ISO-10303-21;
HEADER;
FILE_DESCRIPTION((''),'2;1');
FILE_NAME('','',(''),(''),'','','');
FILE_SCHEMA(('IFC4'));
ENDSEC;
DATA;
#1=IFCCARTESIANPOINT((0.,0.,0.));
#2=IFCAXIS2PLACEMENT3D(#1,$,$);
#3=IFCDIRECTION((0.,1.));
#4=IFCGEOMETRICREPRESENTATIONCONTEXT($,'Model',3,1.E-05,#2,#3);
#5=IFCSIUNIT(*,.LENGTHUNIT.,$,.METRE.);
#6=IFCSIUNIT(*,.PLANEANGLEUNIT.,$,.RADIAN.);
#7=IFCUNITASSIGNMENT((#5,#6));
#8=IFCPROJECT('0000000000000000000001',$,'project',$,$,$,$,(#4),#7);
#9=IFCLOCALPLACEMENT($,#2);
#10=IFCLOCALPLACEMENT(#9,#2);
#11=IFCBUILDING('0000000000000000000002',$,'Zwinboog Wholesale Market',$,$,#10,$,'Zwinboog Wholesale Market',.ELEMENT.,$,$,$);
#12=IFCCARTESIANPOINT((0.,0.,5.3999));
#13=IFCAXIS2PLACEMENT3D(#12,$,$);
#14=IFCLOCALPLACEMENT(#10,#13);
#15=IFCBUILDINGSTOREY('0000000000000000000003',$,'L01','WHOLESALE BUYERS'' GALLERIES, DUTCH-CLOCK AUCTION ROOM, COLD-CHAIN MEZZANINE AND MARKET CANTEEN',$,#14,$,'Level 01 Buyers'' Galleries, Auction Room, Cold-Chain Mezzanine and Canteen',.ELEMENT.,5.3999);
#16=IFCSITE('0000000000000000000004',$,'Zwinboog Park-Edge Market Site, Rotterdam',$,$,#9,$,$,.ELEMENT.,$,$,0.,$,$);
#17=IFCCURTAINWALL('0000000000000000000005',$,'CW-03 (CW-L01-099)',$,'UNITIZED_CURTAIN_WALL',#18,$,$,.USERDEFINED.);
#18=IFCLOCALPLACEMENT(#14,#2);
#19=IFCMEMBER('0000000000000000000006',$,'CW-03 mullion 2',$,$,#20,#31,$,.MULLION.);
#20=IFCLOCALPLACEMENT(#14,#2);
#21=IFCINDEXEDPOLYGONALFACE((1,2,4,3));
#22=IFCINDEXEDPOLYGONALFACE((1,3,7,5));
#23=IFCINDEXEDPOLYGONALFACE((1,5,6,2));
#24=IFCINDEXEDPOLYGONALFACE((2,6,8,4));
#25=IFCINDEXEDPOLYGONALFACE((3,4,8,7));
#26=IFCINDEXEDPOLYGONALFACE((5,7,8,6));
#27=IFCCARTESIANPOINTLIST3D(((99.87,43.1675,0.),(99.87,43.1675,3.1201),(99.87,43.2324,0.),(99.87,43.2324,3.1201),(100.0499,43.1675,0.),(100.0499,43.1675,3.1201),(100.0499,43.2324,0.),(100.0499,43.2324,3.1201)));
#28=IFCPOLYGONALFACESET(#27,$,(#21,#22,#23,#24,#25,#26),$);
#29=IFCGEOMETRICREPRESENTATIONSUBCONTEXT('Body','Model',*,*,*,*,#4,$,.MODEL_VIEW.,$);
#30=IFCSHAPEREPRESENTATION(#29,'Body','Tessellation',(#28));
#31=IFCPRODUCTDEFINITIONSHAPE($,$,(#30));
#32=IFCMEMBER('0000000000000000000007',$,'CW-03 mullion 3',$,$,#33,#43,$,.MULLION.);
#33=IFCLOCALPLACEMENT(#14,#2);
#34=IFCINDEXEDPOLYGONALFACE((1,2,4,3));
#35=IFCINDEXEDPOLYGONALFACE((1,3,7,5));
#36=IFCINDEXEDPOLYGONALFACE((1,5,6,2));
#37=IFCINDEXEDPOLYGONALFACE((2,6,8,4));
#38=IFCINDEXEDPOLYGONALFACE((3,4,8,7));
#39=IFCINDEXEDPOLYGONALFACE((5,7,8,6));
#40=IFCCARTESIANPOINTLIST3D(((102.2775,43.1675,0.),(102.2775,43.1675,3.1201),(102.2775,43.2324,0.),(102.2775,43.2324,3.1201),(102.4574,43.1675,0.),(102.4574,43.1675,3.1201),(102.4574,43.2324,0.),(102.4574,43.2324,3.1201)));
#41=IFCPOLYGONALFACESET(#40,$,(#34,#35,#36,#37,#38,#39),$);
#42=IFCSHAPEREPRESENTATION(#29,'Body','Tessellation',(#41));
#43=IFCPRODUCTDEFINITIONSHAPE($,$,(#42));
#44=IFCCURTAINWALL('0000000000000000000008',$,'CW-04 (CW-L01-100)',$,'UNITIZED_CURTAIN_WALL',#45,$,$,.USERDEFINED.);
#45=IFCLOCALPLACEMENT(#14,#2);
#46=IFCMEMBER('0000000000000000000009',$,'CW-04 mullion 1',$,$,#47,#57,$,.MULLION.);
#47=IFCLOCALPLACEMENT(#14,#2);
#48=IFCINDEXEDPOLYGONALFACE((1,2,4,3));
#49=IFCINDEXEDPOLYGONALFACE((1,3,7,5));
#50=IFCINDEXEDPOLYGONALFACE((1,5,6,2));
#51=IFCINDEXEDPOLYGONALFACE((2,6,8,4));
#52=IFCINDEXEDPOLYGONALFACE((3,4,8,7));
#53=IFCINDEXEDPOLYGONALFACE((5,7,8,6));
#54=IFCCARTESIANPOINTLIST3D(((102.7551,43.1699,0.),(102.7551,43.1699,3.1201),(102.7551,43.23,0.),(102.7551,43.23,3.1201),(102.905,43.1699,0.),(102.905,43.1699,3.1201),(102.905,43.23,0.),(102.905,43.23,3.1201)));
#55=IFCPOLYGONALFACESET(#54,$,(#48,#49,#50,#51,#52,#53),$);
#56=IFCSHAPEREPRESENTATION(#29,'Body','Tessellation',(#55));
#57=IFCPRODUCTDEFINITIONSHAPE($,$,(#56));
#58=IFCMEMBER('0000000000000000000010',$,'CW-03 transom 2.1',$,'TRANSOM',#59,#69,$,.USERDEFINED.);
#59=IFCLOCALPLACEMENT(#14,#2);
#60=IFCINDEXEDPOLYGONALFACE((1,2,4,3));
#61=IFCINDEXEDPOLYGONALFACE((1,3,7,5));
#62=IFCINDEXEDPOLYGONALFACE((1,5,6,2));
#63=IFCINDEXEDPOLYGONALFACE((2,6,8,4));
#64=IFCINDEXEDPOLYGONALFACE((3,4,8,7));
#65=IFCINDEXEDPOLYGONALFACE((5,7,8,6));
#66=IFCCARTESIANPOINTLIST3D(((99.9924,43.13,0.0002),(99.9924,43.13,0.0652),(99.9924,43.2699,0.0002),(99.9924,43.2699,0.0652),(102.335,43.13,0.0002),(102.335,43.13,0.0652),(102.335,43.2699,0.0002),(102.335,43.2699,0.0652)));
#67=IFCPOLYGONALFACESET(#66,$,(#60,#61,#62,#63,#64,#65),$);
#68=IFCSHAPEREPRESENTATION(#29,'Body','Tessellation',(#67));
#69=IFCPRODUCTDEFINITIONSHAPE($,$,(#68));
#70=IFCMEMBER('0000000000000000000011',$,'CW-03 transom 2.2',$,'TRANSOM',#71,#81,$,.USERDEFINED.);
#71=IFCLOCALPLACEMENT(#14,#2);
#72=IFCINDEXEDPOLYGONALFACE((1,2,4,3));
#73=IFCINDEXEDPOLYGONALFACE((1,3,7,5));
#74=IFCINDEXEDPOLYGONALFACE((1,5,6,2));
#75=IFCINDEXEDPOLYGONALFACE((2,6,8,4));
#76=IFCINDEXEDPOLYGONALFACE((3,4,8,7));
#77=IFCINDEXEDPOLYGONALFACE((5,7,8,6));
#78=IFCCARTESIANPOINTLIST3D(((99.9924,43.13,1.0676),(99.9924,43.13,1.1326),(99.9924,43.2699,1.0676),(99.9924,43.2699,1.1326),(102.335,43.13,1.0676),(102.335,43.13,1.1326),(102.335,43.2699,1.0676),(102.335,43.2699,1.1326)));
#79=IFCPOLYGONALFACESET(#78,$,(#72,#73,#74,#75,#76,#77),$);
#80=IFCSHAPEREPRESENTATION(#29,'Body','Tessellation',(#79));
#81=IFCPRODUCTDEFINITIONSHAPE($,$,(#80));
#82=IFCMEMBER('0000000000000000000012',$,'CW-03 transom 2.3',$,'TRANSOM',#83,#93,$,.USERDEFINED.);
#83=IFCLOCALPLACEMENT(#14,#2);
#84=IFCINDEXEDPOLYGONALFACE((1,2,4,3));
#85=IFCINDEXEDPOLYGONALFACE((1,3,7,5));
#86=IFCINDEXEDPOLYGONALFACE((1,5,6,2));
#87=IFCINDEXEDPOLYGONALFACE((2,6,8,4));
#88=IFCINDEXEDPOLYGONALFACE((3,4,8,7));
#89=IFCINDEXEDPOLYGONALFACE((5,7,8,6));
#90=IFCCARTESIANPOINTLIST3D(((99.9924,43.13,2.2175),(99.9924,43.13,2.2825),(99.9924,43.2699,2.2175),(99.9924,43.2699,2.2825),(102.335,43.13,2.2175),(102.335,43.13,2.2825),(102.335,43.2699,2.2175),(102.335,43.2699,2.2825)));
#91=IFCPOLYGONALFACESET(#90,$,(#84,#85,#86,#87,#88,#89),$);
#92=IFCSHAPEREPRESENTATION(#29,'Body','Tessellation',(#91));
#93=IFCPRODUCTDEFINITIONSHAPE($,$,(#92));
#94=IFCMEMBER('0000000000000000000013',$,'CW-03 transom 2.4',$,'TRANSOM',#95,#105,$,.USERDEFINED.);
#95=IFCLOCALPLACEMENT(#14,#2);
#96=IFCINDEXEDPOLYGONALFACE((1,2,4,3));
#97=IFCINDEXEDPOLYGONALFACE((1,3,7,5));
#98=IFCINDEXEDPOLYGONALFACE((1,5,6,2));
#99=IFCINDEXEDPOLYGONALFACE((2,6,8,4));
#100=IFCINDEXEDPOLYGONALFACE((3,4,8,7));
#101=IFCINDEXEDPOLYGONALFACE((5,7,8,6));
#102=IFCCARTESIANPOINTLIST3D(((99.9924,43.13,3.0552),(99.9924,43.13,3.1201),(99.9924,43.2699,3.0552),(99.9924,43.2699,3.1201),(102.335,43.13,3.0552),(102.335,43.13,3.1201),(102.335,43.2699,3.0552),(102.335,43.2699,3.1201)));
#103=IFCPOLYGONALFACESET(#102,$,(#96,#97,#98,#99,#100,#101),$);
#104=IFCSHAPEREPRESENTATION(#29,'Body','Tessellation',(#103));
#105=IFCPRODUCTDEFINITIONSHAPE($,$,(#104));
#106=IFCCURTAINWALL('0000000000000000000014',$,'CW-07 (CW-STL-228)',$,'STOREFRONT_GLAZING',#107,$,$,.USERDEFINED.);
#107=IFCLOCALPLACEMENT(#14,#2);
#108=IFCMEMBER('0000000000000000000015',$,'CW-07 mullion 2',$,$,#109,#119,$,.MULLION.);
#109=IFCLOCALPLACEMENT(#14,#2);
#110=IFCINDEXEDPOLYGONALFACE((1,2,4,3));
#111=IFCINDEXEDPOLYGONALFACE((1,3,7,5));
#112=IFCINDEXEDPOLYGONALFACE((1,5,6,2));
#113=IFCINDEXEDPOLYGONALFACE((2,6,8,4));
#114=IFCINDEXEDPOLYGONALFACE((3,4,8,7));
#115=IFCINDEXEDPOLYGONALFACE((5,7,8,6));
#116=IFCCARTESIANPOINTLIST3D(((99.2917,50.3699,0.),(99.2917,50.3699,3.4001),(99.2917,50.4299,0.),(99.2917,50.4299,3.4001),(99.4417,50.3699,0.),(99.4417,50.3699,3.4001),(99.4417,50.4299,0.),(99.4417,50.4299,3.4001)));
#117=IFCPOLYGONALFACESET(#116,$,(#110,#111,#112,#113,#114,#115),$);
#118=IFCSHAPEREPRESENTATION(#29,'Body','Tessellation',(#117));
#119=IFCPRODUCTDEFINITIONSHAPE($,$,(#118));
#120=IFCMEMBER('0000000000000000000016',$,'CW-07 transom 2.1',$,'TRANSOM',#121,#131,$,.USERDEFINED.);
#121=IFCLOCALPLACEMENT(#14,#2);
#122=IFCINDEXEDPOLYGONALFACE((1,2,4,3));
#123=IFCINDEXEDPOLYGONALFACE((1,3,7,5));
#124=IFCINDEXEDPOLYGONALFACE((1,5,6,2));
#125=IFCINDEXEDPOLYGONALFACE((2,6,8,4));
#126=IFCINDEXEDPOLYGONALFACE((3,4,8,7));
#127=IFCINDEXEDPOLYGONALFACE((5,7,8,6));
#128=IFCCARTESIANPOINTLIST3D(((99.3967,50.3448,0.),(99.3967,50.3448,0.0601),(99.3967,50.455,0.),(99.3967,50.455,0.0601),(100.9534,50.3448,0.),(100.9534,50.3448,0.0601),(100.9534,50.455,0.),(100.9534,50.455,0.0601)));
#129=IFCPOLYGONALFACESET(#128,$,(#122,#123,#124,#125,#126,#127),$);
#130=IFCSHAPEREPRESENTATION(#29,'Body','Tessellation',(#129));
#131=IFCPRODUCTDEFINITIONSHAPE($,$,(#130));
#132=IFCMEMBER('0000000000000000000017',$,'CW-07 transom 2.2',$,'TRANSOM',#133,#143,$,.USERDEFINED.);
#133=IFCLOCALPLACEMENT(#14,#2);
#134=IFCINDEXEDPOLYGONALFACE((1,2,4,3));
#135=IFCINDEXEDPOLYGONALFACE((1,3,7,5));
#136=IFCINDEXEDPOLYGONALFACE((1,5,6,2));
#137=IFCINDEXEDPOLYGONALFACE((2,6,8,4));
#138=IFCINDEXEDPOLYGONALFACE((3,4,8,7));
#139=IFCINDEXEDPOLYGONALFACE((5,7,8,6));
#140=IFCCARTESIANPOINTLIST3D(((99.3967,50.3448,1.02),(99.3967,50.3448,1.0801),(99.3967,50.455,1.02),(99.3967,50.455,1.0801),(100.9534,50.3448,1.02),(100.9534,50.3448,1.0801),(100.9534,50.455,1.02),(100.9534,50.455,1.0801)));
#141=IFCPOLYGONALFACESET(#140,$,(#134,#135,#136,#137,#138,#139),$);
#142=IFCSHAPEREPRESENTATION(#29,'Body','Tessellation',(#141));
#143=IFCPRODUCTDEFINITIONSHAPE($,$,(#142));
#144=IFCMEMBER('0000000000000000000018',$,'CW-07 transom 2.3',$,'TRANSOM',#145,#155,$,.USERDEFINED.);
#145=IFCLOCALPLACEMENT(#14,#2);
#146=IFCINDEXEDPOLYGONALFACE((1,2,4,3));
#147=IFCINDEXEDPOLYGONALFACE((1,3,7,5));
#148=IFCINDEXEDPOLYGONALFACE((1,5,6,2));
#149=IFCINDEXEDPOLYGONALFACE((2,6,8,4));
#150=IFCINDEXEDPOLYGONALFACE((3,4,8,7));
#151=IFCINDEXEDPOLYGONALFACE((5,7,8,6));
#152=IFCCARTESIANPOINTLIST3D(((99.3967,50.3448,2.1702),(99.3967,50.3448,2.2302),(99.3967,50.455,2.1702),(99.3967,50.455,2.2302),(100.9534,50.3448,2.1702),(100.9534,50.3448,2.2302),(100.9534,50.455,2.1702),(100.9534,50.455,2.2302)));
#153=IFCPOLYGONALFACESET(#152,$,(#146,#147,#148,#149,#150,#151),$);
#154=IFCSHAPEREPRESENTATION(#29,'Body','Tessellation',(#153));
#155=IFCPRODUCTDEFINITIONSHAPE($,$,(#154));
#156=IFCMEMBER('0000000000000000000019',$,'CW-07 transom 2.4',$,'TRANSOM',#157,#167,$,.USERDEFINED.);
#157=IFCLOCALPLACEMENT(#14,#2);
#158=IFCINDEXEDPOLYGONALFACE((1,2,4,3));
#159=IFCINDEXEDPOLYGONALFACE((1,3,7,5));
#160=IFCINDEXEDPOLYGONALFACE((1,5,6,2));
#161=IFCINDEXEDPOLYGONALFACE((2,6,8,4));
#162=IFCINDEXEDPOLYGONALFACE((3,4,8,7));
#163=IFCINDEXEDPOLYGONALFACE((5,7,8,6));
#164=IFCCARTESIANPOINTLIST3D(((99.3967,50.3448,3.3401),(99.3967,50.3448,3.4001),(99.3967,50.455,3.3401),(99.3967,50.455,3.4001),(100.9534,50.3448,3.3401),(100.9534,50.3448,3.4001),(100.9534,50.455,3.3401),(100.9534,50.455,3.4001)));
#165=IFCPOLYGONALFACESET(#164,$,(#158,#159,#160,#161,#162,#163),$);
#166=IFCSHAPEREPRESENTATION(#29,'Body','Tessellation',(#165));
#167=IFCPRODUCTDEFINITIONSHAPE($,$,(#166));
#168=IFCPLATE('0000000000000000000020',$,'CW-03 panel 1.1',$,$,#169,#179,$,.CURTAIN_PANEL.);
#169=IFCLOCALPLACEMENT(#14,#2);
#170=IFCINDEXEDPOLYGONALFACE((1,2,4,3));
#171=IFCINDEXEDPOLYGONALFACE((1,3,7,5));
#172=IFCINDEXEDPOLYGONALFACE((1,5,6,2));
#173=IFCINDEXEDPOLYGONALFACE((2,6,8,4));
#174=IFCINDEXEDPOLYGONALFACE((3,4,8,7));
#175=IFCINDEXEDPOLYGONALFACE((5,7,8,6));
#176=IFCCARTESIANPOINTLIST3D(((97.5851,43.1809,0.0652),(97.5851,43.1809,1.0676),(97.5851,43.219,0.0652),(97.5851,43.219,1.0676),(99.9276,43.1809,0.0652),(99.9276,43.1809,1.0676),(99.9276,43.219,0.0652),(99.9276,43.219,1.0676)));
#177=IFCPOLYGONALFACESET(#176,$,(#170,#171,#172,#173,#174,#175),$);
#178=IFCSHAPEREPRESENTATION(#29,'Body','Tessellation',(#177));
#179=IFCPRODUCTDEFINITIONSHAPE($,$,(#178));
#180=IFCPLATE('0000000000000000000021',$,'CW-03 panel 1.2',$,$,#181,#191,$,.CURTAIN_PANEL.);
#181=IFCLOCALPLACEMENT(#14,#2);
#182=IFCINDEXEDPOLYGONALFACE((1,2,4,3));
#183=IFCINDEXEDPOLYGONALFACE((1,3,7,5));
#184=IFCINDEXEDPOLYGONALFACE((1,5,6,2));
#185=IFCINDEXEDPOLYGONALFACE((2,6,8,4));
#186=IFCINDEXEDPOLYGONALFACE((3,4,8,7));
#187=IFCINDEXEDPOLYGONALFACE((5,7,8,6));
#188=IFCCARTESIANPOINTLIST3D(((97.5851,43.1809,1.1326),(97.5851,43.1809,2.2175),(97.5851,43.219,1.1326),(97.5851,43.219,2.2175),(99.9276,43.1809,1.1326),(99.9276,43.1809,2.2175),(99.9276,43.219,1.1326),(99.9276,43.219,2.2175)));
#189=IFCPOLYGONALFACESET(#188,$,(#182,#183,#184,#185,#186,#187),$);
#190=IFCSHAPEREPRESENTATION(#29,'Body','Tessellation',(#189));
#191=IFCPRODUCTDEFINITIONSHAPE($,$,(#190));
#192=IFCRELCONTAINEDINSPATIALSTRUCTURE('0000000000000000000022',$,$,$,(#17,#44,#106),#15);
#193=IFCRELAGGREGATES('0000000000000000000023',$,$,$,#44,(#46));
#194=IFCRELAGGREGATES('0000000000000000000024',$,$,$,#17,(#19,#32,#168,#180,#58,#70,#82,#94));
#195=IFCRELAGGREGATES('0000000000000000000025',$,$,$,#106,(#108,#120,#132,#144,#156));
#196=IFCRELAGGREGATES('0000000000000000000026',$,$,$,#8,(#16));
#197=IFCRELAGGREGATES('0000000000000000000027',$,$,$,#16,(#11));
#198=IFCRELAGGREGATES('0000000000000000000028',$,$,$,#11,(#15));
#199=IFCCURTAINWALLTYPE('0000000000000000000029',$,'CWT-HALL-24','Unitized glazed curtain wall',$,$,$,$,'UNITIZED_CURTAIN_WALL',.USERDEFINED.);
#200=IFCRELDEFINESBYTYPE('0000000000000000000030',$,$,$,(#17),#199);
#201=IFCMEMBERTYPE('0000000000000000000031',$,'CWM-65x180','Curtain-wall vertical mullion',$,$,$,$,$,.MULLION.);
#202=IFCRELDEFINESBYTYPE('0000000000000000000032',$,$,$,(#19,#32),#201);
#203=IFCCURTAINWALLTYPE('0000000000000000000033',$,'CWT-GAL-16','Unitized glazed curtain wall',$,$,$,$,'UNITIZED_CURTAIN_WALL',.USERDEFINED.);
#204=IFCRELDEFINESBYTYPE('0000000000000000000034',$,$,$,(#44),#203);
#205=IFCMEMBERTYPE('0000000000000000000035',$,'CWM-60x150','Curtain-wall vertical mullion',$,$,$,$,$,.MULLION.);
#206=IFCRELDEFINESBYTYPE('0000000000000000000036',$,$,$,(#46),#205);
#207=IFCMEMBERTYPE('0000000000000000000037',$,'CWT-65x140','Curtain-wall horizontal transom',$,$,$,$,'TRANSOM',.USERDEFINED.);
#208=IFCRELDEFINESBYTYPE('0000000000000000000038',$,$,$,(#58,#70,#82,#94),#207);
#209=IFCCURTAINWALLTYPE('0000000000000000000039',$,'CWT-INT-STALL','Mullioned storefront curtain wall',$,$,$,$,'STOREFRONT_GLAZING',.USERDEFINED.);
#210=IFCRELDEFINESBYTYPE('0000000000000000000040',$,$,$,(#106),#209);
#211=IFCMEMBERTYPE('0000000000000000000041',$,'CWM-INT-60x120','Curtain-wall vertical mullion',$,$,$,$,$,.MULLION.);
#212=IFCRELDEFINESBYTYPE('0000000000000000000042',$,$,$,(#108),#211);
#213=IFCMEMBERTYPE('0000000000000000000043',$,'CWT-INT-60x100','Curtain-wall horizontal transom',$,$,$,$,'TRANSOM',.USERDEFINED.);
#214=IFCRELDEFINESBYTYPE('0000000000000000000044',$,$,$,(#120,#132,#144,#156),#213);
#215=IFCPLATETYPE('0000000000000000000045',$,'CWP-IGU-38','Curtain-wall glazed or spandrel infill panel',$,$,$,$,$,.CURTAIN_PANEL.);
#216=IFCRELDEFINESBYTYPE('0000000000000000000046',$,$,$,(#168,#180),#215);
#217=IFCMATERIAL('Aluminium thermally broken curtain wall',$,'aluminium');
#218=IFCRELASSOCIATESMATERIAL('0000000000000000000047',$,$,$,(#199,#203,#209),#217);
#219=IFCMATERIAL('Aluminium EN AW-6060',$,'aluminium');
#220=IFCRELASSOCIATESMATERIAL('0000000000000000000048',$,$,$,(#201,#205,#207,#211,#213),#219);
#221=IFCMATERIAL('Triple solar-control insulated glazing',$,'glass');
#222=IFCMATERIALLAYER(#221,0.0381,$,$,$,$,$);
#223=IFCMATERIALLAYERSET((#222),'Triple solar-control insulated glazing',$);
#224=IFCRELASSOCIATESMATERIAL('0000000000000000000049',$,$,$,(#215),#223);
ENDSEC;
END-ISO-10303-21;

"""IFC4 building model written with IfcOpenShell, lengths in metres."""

from ifc_helpers import new_model, si_unit, direction, frame, origin, origin_2d, place, context, subcontext, project, spatial, rectangle, extrude, material, layer, layer_set, material_profile, profile_set, type_object, element, aggregate, save


model = new_model("IFC4")

# Units and contexts
model_context = context("Model", 3, precision=1e-05, world=origin(), true_north=direction((0.0, 1.0)))
body_context = subcontext(model_context, "Body", "Model", "MODEL_VIEW")
ifc_project = project(units=[si_unit("LENGTHUNIT", "METRE"), si_unit("PLANEANGLEUNIT", "RADIAN")], contexts=[model_context])

# Site, building, storey
site_placement = place(None, origin())
site = spatial("IfcSite", under=ifc_project, at=site_placement, Name="Zwinboog Park-Edge Market Site, Rotterdam", CompositionType="ELEMENT", RefElevation=0.0)
building_placement = place(site_placement, origin())
building = spatial("IfcBuilding", under=site, at=building_placement, Name="Zwinboog Wholesale Market", LongName="Zwinboog Wholesale Market", CompositionType="ELEMENT")
storey_placement = place(building_placement, frame((0.0, 0.0, 5.3999)))
storey = spatial("IfcBuildingStorey", under=building, at=storey_placement, Name="L01", Description="WHOLESALE BUYERS' GALLERIES, DUTCH-CLOCK AUCTION ROOM, COLD-CHAIN MEZZANINE AND MARKET CANTEEN", LongName="Level 01 Buyers' Galleries, Auction Room, Cold-Chain Mezzanine and Canteen", CompositionType="ELEMENT", Elevation=5.3999)

# Curtain wall, members
ifc_material_1 = material(Name="Aluminium thermally broken curtain wall", Category="aluminium")
curtain_wall_type_1 = type_object("IfcCurtainWallType", Name="CWT-HALL-24", Description="Unitized glazed curtain wall", ElementType="UNITIZED_CURTAIN_WALL", PredefinedType="USERDEFINED", material=ifc_material_1)
curtain_wall_1_placement = place(storey_placement, origin())
curtain_wall_1 = element("IfcCurtainWall", 1, at=curtain_wall_1_placement, inside=storey, type_object=curtain_wall_type_1, Name="CW-03 (CW-L01-099)", ObjectType="UNITIZED_CURTAIN_WALL", PredefinedType="USERDEFINED")
ifc_material_2 = material(Name="Aluminium EN AW-6060", Category="aluminium")
ifc_material_profile_1 = material_profile(ifc_material_2, rectangle(XDim=0.0649, YDim=0.1799, at=origin_2d()), Name="AL 65x180")
ifc_profile_set_1 = profile_set([ifc_material_profile_1], Name="Aluminium EN AW-6060")
member_type_1 = type_object("IfcMemberType", Name="CWM-65x180", Description="Curtain-wall vertical mullion", PredefinedType="MULLION", material=ifc_profile_set_1)
member_1_placement = place(storey_placement, frame((99.96, 43.2, 0.0), z_axis=(0.0, 0.0, 1.0), x_axis=(0.0, 1.0, 0.0)))
member_1 = element("IfcMember", 2, at=member_1_placement, type_object=member_type_1, Name="CW-03 mullion 2", PredefinedType="MULLION", context=body_context, shape_type="SweptSolid", body=[
    extrude(rectangle(XDim=0.0649, YDim=0.1799, at=origin_2d()), origin(), (0.0, 0.0, 1.0), 3.1201),
])
member_2_placement = place(storey_placement, frame((102.3674, 43.2, 0.0), z_axis=(0.0, 0.0, 1.0), x_axis=(0.0, 1.0, 0.0)))
member_2 = element("IfcMember", 3, at=member_2_placement, type_object=member_type_1, Name="CW-03 mullion 3", PredefinedType="MULLION", context=body_context, shape_type="SweptSolid", body=[
    extrude(rectangle(XDim=0.0649, YDim=0.1799, at=origin_2d()), origin(), (0.0, 0.0, 1.0), 3.1201),
])

# Curtain wall, member
curtain_wall_type_2 = type_object("IfcCurtainWallType", Name="CWT-GAL-16", Description="Unitized glazed curtain wall", ElementType="UNITIZED_CURTAIN_WALL", PredefinedType="USERDEFINED", material=ifc_material_1)
curtain_wall_2_placement = place(storey_placement, origin())
curtain_wall_2 = element("IfcCurtainWall", 4, at=curtain_wall_2_placement, inside=storey, type_object=curtain_wall_type_2, Name="CW-04 (CW-L01-100)", ObjectType="UNITIZED_CURTAIN_WALL", PredefinedType="USERDEFINED")
ifc_material_profile_2 = material_profile(ifc_material_2, rectangle(XDim=0.0601, YDim=0.1499, at=origin_2d()), Name="AL 60x150")
ifc_profile_set_2 = profile_set([ifc_material_profile_2], Name="Aluminium EN AW-6060")
member_type_2 = type_object("IfcMemberType", Name="CWM-60x150", Description="Curtain-wall vertical mullion", PredefinedType="MULLION", material=ifc_profile_set_2)
member_3_placement = place(storey_placement, frame((102.8301, 43.2, 0.0), z_axis=(0.0, 0.0, 1.0), x_axis=(0.0, 1.0, 0.0)))
member_3 = element("IfcMember", 5, at=member_3_placement, type_object=member_type_2, Name="CW-04 mullion 1", PredefinedType="MULLION", context=body_context, shape_type="SweptSolid", body=[
    extrude(rectangle(XDim=0.0601, YDim=0.1499, at=origin_2d()), origin(), (0.0, 0.0, 1.0), 3.1201),
])
aggregate(curtain_wall_2, [member_3])

# Members
ifc_material_profile_3 = material_profile(ifc_material_2, rectangle(XDim=0.1399, YDim=0.0649, at=origin_2d()), Name="AL 65x140")
ifc_profile_set_3 = profile_set([ifc_material_profile_3], Name="Aluminium EN AW-6060")
member_type_3 = type_object("IfcMemberType", Name="CWT-65x140", Description="Curtain-wall horizontal transom", ElementType="TRANSOM", PredefinedType="USERDEFINED", material=ifc_profile_set_3)
member_4_placement = place(storey_placement, frame((99.9924, 43.2, 0.0327), z_axis=(1.0, 0.0, 0.0), x_axis=(0.0, 1.0, 0.0)))
member_4 = element("IfcMember", 6, at=member_4_placement, type_object=member_type_3, Name="CW-03 transom 2.1", ObjectType="TRANSOM", PredefinedType="USERDEFINED", context=body_context, shape_type="SweptSolid", body=[
    extrude(rectangle(XDim=0.1399, YDim=0.0649, at=origin_2d()), origin(), (0.0, 0.0, 1.0), 2.3425),
])
member_5_placement = place(storey_placement, frame((99.9924, 43.2, 1.1001), z_axis=(1.0, 0.0, 0.0), x_axis=(0.0, 1.0, 0.0)))
member_5 = element("IfcMember", 7, at=member_5_placement, type_object=member_type_3, Name="CW-03 transom 2.2", ObjectType="TRANSOM", PredefinedType="USERDEFINED", context=body_context, shape_type="SweptSolid", body=[
    extrude(rectangle(XDim=0.1399, YDim=0.0649, at=origin_2d()), origin(), (0.0, 0.0, 1.0), 2.3425),
])
member_6_placement = place(storey_placement, frame((99.9924, 43.2, 2.25), z_axis=(1.0, 0.0, 0.0), x_axis=(0.0, 1.0, 0.0)))
member_6 = element("IfcMember", 8, at=member_6_placement, type_object=member_type_3, Name="CW-03 transom 2.3", ObjectType="TRANSOM", PredefinedType="USERDEFINED", context=body_context, shape_type="SweptSolid", body=[
    extrude(rectangle(XDim=0.1399, YDim=0.0649, at=origin_2d()), origin(), (0.0, 0.0, 1.0), 2.3425),
])
member_7_placement = place(storey_placement, frame((99.9924, 43.2, 3.0876), z_axis=(1.0, 0.0, 0.0), x_axis=(0.0, 1.0, 0.0)))
member_7 = element("IfcMember", 9, at=member_7_placement, type_object=member_type_3, Name="CW-03 transom 2.4", ObjectType="TRANSOM", PredefinedType="USERDEFINED", context=body_context, shape_type="SweptSolid", body=[
    extrude(rectangle(XDim=0.1399, YDim=0.0649, at=origin_2d()), origin(), (0.0, 0.0, 1.0), 2.3425),
])

# Curtain wall, members
curtain_wall_type_3 = type_object("IfcCurtainWallType", Name="CWT-INT-STALL", Description="Mullioned storefront curtain wall", ElementType="STOREFRONT_GLAZING", PredefinedType="USERDEFINED", material=ifc_material_1)
curtain_wall_3_placement = place(storey_placement, origin())
curtain_wall_3 = element("IfcCurtainWall", 10, at=curtain_wall_3_placement, inside=storey, type_object=curtain_wall_type_3, Name="CW-07 (CW-STL-228)", ObjectType="STOREFRONT_GLAZING", PredefinedType="USERDEFINED")
ifc_material_profile_4 = material_profile(ifc_material_2, rectangle(XDim=0.0601, YDim=0.1499, at=origin_2d()), Name="AL 60x150")
ifc_profile_set_4 = profile_set([ifc_material_profile_4], Name="Aluminium EN AW-6060")
member_type_4 = type_object("IfcMemberType", Name="CWM-INT-60x120", Description="Curtain-wall vertical mullion", PredefinedType="MULLION", material=ifc_profile_set_4)
member_8_placement = place(storey_placement, frame((99.3667, 50.3999, 0.0), z_axis=(0.0, 0.0, 1.0), x_axis=(0.0, 1.0, 0.0)))
member_8 = element("IfcMember", 11, at=member_8_placement, type_object=member_type_4, Name="CW-07 mullion 2", PredefinedType="MULLION", context=body_context, shape_type="SweptSolid", body=[
    extrude(rectangle(XDim=0.0601, YDim=0.1499, at=origin_2d()), origin(), (0.0, 0.0, 1.0), 3.4001),
])
ifc_material_profile_5 = material_profile(ifc_material_2, rectangle(XDim=0.1101, YDim=0.0601, at=origin_2d()), Name="AL 60x110")
ifc_profile_set_5 = profile_set([ifc_material_profile_5], Name="Aluminium EN AW-6060")
member_type_5 = type_object("IfcMemberType", Name="CWT-INT-60x100", Description="Curtain-wall horizontal transom", ElementType="TRANSOM", PredefinedType="USERDEFINED", material=ifc_profile_set_5)
member_9_placement = place(storey_placement, frame((99.3967, 50.3999, 0.03), z_axis=(1.0, 0.0, 0.0), x_axis=(0.0, 1.0, 0.0)))
member_9 = element("IfcMember", 12, at=member_9_placement, type_object=member_type_5, Name="CW-07 transom 2.1", ObjectType="TRANSOM", PredefinedType="USERDEFINED", context=body_context, shape_type="SweptSolid", body=[
    extrude(rectangle(XDim=0.1101, YDim=0.0601, at=origin_2d()), origin(), (0.0, 0.0, 1.0), 1.5566),
])
member_10_placement = place(storey_placement, frame((99.3967, 50.3999, 1.05), z_axis=(1.0, 0.0, 0.0), x_axis=(0.0, 1.0, 0.0)))
member_10 = element("IfcMember", 13, at=member_10_placement, type_object=member_type_5, Name="CW-07 transom 2.2", ObjectType="TRANSOM", PredefinedType="USERDEFINED", context=body_context, shape_type="SweptSolid", body=[
    extrude(rectangle(XDim=0.1101, YDim=0.0601, at=origin_2d()), origin(), (0.0, 0.0, 1.0), 1.5566),
])
member_11_placement = place(storey_placement, frame((99.3967, 50.3999, 2.2002), z_axis=(1.0, 0.0, 0.0), x_axis=(0.0, 1.0, 0.0)))
member_11 = element("IfcMember", 14, at=member_11_placement, type_object=member_type_5, Name="CW-07 transom 2.3", ObjectType="TRANSOM", PredefinedType="USERDEFINED", context=body_context, shape_type="SweptSolid", body=[
    extrude(rectangle(XDim=0.1101, YDim=0.0601, at=origin_2d()), origin(), (0.0, 0.0, 1.0), 1.5566),
])
member_12_placement = place(storey_placement, frame((99.3967, 50.3999, 3.3701), z_axis=(1.0, 0.0, 0.0), x_axis=(0.0, 1.0, 0.0)))
member_12 = element("IfcMember", 15, at=member_12_placement, type_object=member_type_5, Name="CW-07 transom 2.4", ObjectType="TRANSOM", PredefinedType="USERDEFINED", context=body_context, shape_type="SweptSolid", body=[
    extrude(rectangle(XDim=0.1101, YDim=0.0601, at=origin_2d()), origin(), (0.0, 0.0, 1.0), 1.5566),
])

# Plates
ifc_material_3 = material(Name="Triple solar-control insulated glazing", Category="glass")
ifc_layer_1 = layer(ifc_material_3, 0.0381)
ifc_layer_set_1 = layer_set([ifc_layer_1], Name="Triple solar-control insulated glazing")
plate_type_1 = type_object("IfcPlateType", Name="CWP-IGU-38", Description="Curtain-wall glazed or spandrel infill panel", PredefinedType="CURTAIN_PANEL", material=ifc_layer_set_1)
plate_1_placement = place(storey_placement, frame((98.7563, 43.2, 0.0652), z_axis=(0.0, 0.0, 1.0), x_axis=(1.0, 0.0, 0.0)))
plate_1 = element("IfcPlate", 16, at=plate_1_placement, type_object=plate_type_1, Name="CW-03 panel 1.1", PredefinedType="CURTAIN_PANEL", context=body_context, shape_type="SweptSolid", body=[
    extrude(rectangle(XDim=2.3425, YDim=0.0381, at=origin_2d()), origin(), (0.0, 0.0, 1.0), 1.0024),
])
plate_2_placement = place(storey_placement, frame((98.7563, 43.2, 1.1326), z_axis=(0.0, 0.0, 1.0), x_axis=(1.0, 0.0, 0.0)))
plate_2 = element("IfcPlate", 17, at=plate_2_placement, type_object=plate_type_1, Name="CW-03 panel 1.2", PredefinedType="CURTAIN_PANEL", context=body_context, shape_type="SweptSolid", body=[
    extrude(rectangle(XDim=2.3425, YDim=0.0381, at=origin_2d()), origin(), (0.0, 0.0, 1.0), 1.085),
])
aggregate(curtain_wall_1, [member_1, member_2, plate_1, plate_2, member_4, member_5, member_6, member_7])
aggregate(curtain_wall_3, [member_8, member_9, member_10, member_11, member_12])

save(model, "model.ifc")
